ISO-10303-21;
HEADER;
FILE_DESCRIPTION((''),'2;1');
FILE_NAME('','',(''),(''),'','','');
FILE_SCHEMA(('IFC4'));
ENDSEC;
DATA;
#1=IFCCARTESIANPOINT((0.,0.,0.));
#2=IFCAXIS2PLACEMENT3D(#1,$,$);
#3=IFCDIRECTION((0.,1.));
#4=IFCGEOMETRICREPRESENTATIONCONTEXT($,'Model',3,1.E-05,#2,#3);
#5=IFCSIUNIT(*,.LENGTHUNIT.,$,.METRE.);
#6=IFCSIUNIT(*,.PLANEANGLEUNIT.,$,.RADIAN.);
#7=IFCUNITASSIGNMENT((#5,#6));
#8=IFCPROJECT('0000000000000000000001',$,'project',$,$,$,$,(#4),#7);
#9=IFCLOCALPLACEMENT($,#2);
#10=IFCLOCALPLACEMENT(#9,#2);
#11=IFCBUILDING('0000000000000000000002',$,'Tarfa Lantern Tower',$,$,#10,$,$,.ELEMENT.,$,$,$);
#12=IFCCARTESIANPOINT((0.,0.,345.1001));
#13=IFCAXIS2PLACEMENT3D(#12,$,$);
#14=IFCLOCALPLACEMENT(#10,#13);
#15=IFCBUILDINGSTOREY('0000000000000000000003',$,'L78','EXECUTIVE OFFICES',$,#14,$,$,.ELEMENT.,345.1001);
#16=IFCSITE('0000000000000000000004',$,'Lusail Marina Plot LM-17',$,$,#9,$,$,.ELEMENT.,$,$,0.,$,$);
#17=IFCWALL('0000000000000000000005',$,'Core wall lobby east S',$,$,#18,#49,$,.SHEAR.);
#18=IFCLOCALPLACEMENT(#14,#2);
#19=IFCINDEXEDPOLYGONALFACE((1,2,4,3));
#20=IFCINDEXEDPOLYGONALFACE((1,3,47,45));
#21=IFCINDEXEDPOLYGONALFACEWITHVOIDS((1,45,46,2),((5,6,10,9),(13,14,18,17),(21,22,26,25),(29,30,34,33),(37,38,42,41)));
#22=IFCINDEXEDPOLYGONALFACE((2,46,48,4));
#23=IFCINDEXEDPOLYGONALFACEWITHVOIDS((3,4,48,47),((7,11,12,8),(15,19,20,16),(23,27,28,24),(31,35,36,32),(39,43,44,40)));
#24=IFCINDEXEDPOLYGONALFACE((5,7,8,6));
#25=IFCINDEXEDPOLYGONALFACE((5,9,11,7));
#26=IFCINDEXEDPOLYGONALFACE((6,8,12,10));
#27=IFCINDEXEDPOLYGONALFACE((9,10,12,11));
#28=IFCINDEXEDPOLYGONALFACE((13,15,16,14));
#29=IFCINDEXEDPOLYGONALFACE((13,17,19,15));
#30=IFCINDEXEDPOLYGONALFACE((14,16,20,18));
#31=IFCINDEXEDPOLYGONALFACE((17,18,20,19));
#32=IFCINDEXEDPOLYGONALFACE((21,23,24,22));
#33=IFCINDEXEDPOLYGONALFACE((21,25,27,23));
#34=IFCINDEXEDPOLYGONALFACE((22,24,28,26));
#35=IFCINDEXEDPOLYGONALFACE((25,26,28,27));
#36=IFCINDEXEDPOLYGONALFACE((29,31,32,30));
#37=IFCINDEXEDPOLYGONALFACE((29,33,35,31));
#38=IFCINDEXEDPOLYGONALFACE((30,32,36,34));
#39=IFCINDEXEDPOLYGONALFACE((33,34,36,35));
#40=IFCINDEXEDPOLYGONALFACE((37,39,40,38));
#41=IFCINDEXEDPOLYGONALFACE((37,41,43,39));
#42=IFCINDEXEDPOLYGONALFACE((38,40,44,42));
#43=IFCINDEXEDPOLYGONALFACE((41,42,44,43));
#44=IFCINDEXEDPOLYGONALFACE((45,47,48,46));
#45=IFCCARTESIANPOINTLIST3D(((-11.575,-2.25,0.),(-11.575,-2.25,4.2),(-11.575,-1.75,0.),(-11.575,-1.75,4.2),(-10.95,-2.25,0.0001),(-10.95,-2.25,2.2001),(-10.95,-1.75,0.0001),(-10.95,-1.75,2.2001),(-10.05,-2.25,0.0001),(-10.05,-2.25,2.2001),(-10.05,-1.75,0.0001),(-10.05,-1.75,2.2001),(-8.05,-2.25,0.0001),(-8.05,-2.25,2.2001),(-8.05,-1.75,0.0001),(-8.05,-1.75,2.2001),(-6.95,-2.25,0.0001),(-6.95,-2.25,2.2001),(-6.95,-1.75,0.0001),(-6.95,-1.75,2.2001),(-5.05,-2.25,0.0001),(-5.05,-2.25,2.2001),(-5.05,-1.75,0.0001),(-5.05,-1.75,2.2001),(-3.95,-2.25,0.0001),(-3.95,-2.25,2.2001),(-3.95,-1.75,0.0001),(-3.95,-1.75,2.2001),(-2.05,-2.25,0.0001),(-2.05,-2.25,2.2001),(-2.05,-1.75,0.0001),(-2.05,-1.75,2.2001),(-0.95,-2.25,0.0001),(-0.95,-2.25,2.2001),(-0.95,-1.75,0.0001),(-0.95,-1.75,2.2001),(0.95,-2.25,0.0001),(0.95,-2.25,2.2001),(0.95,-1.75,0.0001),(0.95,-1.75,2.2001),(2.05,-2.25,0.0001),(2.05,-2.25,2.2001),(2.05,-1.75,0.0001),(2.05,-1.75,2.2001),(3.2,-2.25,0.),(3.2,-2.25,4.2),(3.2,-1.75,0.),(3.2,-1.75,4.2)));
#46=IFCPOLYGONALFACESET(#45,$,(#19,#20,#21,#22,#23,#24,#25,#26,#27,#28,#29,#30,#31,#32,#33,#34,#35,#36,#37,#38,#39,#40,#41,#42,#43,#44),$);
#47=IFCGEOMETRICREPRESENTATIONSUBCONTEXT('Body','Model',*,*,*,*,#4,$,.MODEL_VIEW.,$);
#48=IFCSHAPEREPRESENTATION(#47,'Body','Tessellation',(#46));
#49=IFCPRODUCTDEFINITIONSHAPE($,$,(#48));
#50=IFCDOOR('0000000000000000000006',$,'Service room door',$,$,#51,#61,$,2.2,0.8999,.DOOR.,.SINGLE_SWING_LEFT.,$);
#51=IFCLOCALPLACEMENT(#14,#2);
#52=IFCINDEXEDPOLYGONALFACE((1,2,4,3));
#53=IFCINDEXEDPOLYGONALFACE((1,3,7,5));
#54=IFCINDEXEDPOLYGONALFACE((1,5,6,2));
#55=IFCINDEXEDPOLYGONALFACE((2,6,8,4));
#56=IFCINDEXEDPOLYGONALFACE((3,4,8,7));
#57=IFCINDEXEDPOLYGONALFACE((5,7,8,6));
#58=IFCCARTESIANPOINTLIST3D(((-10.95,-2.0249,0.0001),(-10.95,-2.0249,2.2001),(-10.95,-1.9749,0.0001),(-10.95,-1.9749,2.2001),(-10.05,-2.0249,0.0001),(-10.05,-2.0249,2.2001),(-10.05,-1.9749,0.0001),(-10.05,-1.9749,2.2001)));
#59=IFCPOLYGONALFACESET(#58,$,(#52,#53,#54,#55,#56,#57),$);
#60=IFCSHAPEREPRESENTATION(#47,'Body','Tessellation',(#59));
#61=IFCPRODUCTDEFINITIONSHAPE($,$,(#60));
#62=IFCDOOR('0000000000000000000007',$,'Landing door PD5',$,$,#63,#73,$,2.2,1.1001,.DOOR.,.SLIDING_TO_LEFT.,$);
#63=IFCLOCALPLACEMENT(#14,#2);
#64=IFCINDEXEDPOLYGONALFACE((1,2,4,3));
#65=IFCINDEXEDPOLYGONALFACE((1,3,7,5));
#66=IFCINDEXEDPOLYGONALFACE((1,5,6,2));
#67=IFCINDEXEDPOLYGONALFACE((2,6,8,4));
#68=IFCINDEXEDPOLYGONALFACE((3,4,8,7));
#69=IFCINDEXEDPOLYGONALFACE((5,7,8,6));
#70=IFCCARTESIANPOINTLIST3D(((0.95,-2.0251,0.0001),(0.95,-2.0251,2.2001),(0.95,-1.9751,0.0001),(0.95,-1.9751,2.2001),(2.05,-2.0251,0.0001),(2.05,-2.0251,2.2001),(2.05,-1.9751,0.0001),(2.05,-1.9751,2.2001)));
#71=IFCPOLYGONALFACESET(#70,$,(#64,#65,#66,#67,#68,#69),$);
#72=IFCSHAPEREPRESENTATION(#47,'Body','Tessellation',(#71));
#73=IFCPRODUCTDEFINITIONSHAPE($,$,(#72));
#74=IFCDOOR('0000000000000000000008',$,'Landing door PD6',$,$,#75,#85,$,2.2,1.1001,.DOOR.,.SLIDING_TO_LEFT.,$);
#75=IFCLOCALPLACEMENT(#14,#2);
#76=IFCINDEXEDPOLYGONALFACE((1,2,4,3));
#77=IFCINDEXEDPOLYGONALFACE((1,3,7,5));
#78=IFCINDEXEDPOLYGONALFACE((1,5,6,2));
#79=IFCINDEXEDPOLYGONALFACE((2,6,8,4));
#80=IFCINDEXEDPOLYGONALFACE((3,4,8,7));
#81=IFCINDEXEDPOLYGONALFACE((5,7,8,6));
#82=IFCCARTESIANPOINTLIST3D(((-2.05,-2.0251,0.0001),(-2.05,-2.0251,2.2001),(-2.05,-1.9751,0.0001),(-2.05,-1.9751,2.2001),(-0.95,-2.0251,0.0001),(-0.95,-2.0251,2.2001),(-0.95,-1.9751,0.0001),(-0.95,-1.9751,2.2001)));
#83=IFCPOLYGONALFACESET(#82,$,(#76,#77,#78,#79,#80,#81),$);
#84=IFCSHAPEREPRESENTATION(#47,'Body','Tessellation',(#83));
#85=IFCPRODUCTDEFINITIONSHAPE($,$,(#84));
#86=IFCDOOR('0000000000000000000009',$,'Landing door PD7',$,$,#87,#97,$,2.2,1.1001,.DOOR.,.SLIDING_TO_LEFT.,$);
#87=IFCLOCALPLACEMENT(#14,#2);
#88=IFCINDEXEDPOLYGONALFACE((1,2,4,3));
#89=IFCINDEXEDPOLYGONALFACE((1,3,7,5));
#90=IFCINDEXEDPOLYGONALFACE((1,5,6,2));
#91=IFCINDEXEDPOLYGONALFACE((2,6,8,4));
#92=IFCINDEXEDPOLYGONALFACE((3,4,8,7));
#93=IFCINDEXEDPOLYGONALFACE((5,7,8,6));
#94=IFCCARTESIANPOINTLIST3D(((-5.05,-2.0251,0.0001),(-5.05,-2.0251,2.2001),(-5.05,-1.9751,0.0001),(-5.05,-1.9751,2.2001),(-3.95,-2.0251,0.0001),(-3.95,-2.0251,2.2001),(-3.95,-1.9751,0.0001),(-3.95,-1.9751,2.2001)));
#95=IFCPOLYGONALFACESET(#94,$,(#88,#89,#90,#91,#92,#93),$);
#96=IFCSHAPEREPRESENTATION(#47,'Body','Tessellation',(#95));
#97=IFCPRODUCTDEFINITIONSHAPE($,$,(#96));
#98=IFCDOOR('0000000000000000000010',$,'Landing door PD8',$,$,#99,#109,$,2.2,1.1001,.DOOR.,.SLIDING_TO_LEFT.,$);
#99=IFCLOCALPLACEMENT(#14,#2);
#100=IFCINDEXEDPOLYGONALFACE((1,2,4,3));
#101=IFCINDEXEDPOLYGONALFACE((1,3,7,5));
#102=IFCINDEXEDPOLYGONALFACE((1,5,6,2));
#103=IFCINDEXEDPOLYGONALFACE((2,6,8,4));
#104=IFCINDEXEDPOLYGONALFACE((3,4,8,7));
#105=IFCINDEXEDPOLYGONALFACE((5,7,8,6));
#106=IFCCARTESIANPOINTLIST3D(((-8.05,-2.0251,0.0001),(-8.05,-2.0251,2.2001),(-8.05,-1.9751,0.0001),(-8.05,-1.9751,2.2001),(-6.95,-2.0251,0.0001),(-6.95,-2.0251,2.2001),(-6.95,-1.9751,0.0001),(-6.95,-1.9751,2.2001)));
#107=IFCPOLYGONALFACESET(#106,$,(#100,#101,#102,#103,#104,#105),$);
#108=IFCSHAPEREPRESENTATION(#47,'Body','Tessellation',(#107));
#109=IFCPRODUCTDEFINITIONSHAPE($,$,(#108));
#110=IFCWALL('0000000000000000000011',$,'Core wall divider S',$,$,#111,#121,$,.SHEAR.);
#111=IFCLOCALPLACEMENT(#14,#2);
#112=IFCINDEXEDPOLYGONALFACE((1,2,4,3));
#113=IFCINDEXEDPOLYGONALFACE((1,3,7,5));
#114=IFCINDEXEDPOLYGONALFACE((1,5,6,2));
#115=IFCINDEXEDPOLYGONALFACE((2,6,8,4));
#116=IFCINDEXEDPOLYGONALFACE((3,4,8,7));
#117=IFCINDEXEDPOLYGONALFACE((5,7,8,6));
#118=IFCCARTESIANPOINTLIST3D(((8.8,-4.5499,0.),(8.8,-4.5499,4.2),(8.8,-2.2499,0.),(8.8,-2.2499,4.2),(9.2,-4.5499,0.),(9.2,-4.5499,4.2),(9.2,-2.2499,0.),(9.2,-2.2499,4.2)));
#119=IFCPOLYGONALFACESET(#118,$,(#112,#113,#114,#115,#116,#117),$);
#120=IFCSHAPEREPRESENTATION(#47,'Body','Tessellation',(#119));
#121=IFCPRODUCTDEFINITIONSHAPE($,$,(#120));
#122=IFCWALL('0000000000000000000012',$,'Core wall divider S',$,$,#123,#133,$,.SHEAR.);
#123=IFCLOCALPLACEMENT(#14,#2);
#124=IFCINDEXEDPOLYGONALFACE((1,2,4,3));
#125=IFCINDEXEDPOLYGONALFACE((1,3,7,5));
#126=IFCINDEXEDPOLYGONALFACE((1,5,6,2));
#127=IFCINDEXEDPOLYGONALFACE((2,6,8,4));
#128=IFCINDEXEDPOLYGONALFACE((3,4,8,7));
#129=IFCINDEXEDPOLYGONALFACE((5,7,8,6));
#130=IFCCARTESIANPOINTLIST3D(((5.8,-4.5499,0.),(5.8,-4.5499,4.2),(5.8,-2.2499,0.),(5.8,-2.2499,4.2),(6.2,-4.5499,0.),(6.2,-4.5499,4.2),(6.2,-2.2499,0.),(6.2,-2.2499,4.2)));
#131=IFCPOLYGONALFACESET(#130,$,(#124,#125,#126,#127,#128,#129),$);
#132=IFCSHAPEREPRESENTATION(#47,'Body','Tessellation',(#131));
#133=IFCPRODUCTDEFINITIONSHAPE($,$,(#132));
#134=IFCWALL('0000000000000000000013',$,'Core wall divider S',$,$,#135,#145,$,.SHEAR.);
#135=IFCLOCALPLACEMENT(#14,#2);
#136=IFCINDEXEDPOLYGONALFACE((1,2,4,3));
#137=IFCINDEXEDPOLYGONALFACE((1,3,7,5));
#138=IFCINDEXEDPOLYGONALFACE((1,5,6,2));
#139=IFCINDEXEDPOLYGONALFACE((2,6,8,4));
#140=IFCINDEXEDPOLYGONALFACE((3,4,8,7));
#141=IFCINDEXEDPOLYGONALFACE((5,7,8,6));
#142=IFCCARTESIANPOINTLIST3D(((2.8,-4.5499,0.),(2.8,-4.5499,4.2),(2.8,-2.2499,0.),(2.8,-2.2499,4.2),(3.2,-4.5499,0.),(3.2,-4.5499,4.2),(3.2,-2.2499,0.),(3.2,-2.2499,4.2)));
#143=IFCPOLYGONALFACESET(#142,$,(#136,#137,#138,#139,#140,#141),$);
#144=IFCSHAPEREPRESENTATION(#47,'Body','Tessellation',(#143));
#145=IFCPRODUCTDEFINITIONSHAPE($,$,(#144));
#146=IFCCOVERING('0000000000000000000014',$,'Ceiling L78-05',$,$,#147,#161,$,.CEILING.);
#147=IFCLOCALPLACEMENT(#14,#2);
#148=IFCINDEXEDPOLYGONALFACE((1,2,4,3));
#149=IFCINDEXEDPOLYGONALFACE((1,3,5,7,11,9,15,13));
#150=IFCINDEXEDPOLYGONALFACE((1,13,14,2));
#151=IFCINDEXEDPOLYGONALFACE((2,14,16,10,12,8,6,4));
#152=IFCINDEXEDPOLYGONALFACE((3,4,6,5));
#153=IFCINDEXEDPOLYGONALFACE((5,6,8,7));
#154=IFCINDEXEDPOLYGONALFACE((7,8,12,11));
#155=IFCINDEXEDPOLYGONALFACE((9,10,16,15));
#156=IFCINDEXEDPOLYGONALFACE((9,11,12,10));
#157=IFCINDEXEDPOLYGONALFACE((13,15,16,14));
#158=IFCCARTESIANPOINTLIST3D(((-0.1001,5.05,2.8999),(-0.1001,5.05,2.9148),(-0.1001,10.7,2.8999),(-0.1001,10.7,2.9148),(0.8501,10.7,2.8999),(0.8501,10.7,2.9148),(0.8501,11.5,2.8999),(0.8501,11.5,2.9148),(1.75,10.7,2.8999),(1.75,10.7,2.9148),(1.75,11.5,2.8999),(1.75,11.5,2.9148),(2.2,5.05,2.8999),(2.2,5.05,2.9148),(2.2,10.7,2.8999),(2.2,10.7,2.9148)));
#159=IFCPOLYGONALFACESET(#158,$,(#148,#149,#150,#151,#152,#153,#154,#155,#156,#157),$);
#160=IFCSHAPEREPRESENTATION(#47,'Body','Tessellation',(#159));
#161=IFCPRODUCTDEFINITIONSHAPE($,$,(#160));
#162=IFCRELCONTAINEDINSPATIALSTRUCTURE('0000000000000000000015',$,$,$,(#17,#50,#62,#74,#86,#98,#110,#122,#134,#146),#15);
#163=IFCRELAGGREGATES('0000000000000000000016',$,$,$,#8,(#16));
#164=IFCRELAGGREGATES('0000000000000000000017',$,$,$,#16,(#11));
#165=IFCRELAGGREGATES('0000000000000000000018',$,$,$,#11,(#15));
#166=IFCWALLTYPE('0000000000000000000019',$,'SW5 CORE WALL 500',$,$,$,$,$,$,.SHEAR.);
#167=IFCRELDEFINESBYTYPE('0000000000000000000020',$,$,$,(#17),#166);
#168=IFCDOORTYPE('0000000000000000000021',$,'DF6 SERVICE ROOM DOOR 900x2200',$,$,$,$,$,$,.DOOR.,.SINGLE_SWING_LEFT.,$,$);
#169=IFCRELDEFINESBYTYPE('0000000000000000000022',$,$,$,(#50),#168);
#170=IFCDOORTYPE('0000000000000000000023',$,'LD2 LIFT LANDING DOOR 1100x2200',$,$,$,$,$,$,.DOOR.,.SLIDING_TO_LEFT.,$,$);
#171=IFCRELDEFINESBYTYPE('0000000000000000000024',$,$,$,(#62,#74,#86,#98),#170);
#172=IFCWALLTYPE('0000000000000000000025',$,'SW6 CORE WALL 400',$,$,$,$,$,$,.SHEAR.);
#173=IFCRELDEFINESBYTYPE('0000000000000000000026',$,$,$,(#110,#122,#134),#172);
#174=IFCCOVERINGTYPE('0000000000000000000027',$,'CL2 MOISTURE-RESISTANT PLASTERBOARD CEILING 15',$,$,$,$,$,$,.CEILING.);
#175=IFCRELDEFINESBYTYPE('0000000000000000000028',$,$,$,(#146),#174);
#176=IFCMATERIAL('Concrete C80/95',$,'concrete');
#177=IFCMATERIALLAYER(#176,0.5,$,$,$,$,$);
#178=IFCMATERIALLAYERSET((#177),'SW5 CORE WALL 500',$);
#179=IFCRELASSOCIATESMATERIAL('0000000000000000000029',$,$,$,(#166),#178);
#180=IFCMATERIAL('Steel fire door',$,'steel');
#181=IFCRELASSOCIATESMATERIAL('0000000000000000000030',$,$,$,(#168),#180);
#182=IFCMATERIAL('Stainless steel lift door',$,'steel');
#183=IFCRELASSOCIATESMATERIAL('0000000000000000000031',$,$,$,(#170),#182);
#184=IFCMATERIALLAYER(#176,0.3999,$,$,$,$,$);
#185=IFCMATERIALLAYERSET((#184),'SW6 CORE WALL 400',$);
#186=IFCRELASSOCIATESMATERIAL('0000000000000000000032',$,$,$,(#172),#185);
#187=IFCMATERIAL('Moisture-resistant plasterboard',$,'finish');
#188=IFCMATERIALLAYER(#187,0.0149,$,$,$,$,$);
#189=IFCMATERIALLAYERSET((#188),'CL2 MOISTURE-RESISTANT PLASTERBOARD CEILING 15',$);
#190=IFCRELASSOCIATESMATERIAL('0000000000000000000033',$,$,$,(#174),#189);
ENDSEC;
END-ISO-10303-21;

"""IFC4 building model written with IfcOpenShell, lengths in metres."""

from ifc_helpers import new_model, si_unit, direction, frame, frame_2d, origin, place, context, subcontext, project, spatial, polyline, rectangle, outline, extrude, material, layer, layer_set, type_object, element, fill, save


model = new_model("IFC4")

# Units and contexts
model_context = context("Model", 3, precision=1e-05, world=origin(), true_north=direction((0.0, 1.0)))
body_context = subcontext(model_context, "Body", "Model", "MODEL_VIEW")
ifc_project = project(units=[si_unit("LENGTHUNIT", "METRE"), si_unit("PLANEANGLEUNIT", "RADIAN")], contexts=[model_context])

# Site, building, storey
site_placement = place(None, origin())
site = spatial("IfcSite", under=ifc_project, at=site_placement, Name="Lusail Marina Plot LM-17", CompositionType="ELEMENT", RefElevation=0.0)
building_placement = place(site_placement, origin())
building = spatial("IfcBuilding", under=site, at=building_placement, Name="Tarfa Lantern Tower", CompositionType="ELEMENT")
storey_placement = place(building_placement, frame((0.0, 0.0, 345.1001)))
storey = spatial("IfcBuildingStorey", under=building, at=storey_placement, Name="L78", Description="EXECUTIVE OFFICES", CompositionType="ELEMENT", Elevation=345.1001)

# Shared definitions
ifc_material_1 = material(Name="Concrete C80/95", Category="concrete")
ifc_layer_1 = layer(ifc_material_1, 0.5)
ifc_layer_set_1 = layer_set([ifc_layer_1], Name="SW5 CORE WALL 500")
wall_type_1 = type_object("IfcWallType", Name="SW5 CORE WALL 500", PredefinedType="SHEAR", material=ifc_layer_set_1)
ifc_material_2 = material(Name="Steel fire door", Category="steel")
door_type_1 = type_object("IfcDoorType", Name="DF6 SERVICE ROOM DOOR 900x2200", OperationType="SINGLE_SWING_LEFT", PredefinedType="DOOR", material=ifc_material_2)

# Wall, openings, doors
wall_1_placement = place(storey_placement, frame((3.2, -2.0, 0.0), z_axis=(0.0, 0.0, 1.0), x_axis=(-1.0, 0.0, 0.0)))
wall_1 = element("IfcWall", 1, at=wall_1_placement, inside=storey, type_object=wall_type_1, Name="Core wall lobby east S", PredefinedType="SHEAR", context=body_context, shape_type="SweptSolid", body=[
    extrude(rectangle(XDim=14.7749, YDim=0.5, at=frame_2d((7.3875, 0.0))), origin(), (0.0, 0.0, 1.0), 4.2),
])
opening_1_placement = place(wall_1_placement, frame((13.25, 0.0, 0.0)))
opening_1 = element("IfcOpeningElement", 2, at=opening_1_placement, cuts=wall_1, PredefinedType="OPENING", context=body_context, shape_type="SweptSolid", body=[
    extrude(rectangle(XDim=0.8999, YDim=2.2, at=frame_2d((0.45, 1.1001))), frame((0.0, 0.26, 0.0), z_axis=(0.0, -1.0, 0.0), x_axis=(1.0, 0.0, 0.0)), (0.0, 0.0, 1.0), 0.52),
])
opening_2_placement = place(wall_1_placement, frame((1.1499, 0.0, 0.0)))
opening_2 = element("IfcOpeningElement", 3, at=opening_2_placement, cuts=wall_1, PredefinedType="OPENING", context=body_context, shape_type="SweptSolid", body=[
    extrude(rectangle(XDim=1.1001, YDim=2.2, at=frame_2d((0.55, 1.1001))), frame((0.0, 0.26, 0.0), z_axis=(0.0, -1.0, 0.0), x_axis=(1.0, 0.0, 0.0)), (0.0, 0.0, 1.0), 0.52),
])
opening_3_placement = place(wall_1_placement, frame((4.1499, 0.0, 0.0)))
opening_3 = element("IfcOpeningElement", 4, at=opening_3_placement, cuts=wall_1, PredefinedType="OPENING", context=body_context, shape_type="SweptSolid", body=[
    extrude(rectangle(XDim=1.1001, YDim=2.2, at=frame_2d((0.55, 1.1001))), frame((0.0, 0.26, 0.0), z_axis=(0.0, -1.0, 0.0), x_axis=(1.0, 0.0, 0.0)), (0.0, 0.0, 1.0), 0.52),
])
opening_4_placement = place(wall_1_placement, frame((7.1499, 0.0, 0.0)))
opening_4 = element("IfcOpeningElement", 5, at=opening_4_placement, cuts=wall_1, PredefinedType="OPENING", context=body_context, shape_type="SweptSolid", body=[
    extrude(rectangle(XDim=1.1001, YDim=2.2, at=frame_2d((0.55, 1.1001))), frame((0.0, 0.26, 0.0), z_axis=(0.0, -1.0, 0.0), x_axis=(1.0, 0.0, 0.0)), (0.0, 0.0, 1.0), 0.52),
])
opening_5_placement = place(wall_1_placement, frame((10.1499, 0.0, 0.0)))
opening_5 = element("IfcOpeningElement", 6, at=opening_5_placement, cuts=wall_1, PredefinedType="OPENING", context=body_context, shape_type="SweptSolid", body=[
    extrude(rectangle(XDim=1.1001, YDim=2.2, at=frame_2d((0.55, 1.1001))), frame((0.0, 0.26, 0.0), z_axis=(0.0, -1.0, 0.0), x_axis=(1.0, 0.0, 0.0)), (0.0, 0.0, 1.0), 0.52),
])
door_1_placement = place(opening_1_placement, origin())
door_1 = element("IfcDoor", 7, at=door_1_placement, inside=storey, type_object=door_type_1, Name="Service room door", OperationType="SINGLE_SWING_LEFT", OverallHeight=2.2, OverallWidth=0.8999, PredefinedType="DOOR", context=body_context, shape_type="SweptSolid", body=[
    extrude(rectangle(XDim=0.8999, YDim=2.2, at=frame_2d((0.45, 1.1001))), frame((0.0, 0.0249, 0.0), z_axis=(0.0, -1.0, 0.0), x_axis=(1.0, 0.0, 0.0)), (0.0, 0.0, 1.0), 0.05),
])
fill(opening_1, door_1)
ifc_material_3 = material(Name="Stainless steel lift door", Category="steel")
door_type_2 = type_object("IfcDoorType", Name="LD2 LIFT LANDING DOOR 1100x2200", OperationType="SLIDING_TO_LEFT", PredefinedType="DOOR", material=ifc_material_3)
door_2_placement = place(opening_2_placement, frame((1.1001, 0.0, 0.0), z_axis=(0.0, 0.0, 1.0), x_axis=(-1.0, 0.0, 0.0)))
door_2 = element("IfcDoor", 8, at=door_2_placement, inside=storey, type_object=door_type_2, Name="Landing door PD5", OperationType="SLIDING_TO_LEFT", OverallHeight=2.2, OverallWidth=1.1001, PredefinedType="DOOR", context=body_context, shape_type="SweptSolid", body=[
    extrude(rectangle(XDim=1.1001, YDim=2.2, at=frame_2d((0.55, 1.1001))), frame((0.0, 0.0249, 0.0), z_axis=(0.0, -1.0, 0.0), x_axis=(1.0, 0.0, 0.0)), (0.0, 0.0, 1.0), 0.05),
])
fill(opening_2, door_2)
door_3_placement = place(opening_3_placement, frame((1.1001, 0.0, 0.0), z_axis=(0.0, 0.0, 1.0), x_axis=(-1.0, 0.0, 0.0)))
door_3 = element("IfcDoor", 9, at=door_3_placement, inside=storey, type_object=door_type_2, Name="Landing door PD6", OperationType="SLIDING_TO_LEFT", OverallHeight=2.2, OverallWidth=1.1001, PredefinedType="DOOR", context=body_context, shape_type="SweptSolid", body=[
    extrude(rectangle(XDim=1.1001, YDim=2.2, at=frame_2d((0.55, 1.1001))), frame((0.0, 0.0249, 0.0), z_axis=(0.0, -1.0, 0.0), x_axis=(1.0, 0.0, 0.0)), (0.0, 0.0, 1.0), 0.05),
])
fill(opening_3, door_3)
door_4_placement = place(opening_4_placement, frame((1.1001, 0.0, 0.0), z_axis=(0.0, 0.0, 1.0), x_axis=(-1.0, 0.0, 0.0)))
door_4 = element("IfcDoor", 10, at=door_4_placement, inside=storey, type_object=door_type_2, Name="Landing door PD7", OperationType="SLIDING_TO_LEFT", OverallHeight=2.2, OverallWidth=1.1001, PredefinedType="DOOR", context=body_context, shape_type="SweptSolid", body=[
    extrude(rectangle(XDim=1.1001, YDim=2.2, at=frame_2d((0.55, 1.1001))), frame((0.0, 0.0249, 0.0), z_axis=(0.0, -1.0, 0.0), x_axis=(1.0, 0.0, 0.0)), (0.0, 0.0, 1.0), 0.05),
])
fill(opening_4, door_4)
door_5_placement = place(opening_5_placement, frame((1.1001, 0.0, 0.0), z_axis=(0.0, 0.0, 1.0), x_axis=(-1.0, 0.0, 0.0)))
door_5 = element("IfcDoor", 11, at=door_5_placement, inside=storey, type_object=door_type_2, Name="Landing door PD8", OperationType="SLIDING_TO_LEFT", OverallHeight=2.2, OverallWidth=1.1001, PredefinedType="DOOR", context=body_context, shape_type="SweptSolid", body=[
    extrude(rectangle(XDim=1.1001, YDim=2.2, at=frame_2d((0.55, 1.1001))), frame((0.0, 0.0249, 0.0), z_axis=(0.0, -1.0, 0.0), x_axis=(1.0, 0.0, 0.0)), (0.0, 0.0, 1.0), 0.05),
])
fill(opening_5, door_5)

# Walls
ifc_layer_2 = layer(ifc_material_1, 0.3999)
ifc_layer_set_2 = layer_set([ifc_layer_2], Name="SW6 CORE WALL 400")
wall_type_2 = type_object("IfcWallType", Name="SW6 CORE WALL 400", PredefinedType="SHEAR", material=ifc_layer_set_2)
for number, where, z_axis, x_axis, name in (
    (12, (9.0, -2.25, 0.0), (0.0, 0.0, 1.0), (0.0, -1.0, 0.0), "Core wall divider S"),
    (13, (6.0, -2.25, 0.0), (0.0, 0.0, 1.0), (0.0, -1.0, 0.0), "Core wall divider S"),
    (14, (3.0, -2.25, 0.0), (0.0, 0.0, 1.0), (0.0, -1.0, 0.0), "Core wall divider S"),
):
    element("IfcWall", number, at=place(storey_placement, frame(where, z_axis=z_axis, x_axis=x_axis)), inside=storey, type_object=wall_type_2, Name=name, PredefinedType="SHEAR", context=body_context, shape_type="SweptSolid", body=[
        extrude(rectangle(XDim=2.3, YDim=0.3999, at=frame_2d((1.1499, 0.0))), origin(), (0.0, 0.0, 1.0), 4.2),
    ])

# Covering
ifc_material_4 = material(Name="Moisture-resistant plasterboard", Category="finish")
ifc_layer_3 = layer(ifc_material_4, 0.0149)
ifc_layer_set_3 = layer_set([ifc_layer_3], Name="CL2 MOISTURE-RESISTANT PLASTERBOARD CEILING 15")
covering_type_1 = type_object("IfcCoveringType", Name="CL2 MOISTURE-RESISTANT PLASTERBOARD CEILING 15", PredefinedType="CEILING", material=ifc_layer_set_3)
covering_1_placement = place(storey_placement, frame((0.0, 0.0, 2.8999)))
element("IfcCovering", 15, at=covering_1_placement, inside=storey, type_object=covering_type_1, Name="Ceiling L78-05", PredefinedType="CEILING", context=body_context, shape_type="SweptSolid", body=[
    extrude(outline(polyline([(0.8501, 10.7), (-0.1001, 10.7), (-0.1001, 5.05), (2.2, 5.05), (2.2, 10.7), (1.75, 10.7), (1.75, 11.5), (0.8501, 11.5), (0.8501, 10.7)])), origin(), (0.0, 0.0, 1.0), 0.0149),
])

save(model, "model.ifc")
